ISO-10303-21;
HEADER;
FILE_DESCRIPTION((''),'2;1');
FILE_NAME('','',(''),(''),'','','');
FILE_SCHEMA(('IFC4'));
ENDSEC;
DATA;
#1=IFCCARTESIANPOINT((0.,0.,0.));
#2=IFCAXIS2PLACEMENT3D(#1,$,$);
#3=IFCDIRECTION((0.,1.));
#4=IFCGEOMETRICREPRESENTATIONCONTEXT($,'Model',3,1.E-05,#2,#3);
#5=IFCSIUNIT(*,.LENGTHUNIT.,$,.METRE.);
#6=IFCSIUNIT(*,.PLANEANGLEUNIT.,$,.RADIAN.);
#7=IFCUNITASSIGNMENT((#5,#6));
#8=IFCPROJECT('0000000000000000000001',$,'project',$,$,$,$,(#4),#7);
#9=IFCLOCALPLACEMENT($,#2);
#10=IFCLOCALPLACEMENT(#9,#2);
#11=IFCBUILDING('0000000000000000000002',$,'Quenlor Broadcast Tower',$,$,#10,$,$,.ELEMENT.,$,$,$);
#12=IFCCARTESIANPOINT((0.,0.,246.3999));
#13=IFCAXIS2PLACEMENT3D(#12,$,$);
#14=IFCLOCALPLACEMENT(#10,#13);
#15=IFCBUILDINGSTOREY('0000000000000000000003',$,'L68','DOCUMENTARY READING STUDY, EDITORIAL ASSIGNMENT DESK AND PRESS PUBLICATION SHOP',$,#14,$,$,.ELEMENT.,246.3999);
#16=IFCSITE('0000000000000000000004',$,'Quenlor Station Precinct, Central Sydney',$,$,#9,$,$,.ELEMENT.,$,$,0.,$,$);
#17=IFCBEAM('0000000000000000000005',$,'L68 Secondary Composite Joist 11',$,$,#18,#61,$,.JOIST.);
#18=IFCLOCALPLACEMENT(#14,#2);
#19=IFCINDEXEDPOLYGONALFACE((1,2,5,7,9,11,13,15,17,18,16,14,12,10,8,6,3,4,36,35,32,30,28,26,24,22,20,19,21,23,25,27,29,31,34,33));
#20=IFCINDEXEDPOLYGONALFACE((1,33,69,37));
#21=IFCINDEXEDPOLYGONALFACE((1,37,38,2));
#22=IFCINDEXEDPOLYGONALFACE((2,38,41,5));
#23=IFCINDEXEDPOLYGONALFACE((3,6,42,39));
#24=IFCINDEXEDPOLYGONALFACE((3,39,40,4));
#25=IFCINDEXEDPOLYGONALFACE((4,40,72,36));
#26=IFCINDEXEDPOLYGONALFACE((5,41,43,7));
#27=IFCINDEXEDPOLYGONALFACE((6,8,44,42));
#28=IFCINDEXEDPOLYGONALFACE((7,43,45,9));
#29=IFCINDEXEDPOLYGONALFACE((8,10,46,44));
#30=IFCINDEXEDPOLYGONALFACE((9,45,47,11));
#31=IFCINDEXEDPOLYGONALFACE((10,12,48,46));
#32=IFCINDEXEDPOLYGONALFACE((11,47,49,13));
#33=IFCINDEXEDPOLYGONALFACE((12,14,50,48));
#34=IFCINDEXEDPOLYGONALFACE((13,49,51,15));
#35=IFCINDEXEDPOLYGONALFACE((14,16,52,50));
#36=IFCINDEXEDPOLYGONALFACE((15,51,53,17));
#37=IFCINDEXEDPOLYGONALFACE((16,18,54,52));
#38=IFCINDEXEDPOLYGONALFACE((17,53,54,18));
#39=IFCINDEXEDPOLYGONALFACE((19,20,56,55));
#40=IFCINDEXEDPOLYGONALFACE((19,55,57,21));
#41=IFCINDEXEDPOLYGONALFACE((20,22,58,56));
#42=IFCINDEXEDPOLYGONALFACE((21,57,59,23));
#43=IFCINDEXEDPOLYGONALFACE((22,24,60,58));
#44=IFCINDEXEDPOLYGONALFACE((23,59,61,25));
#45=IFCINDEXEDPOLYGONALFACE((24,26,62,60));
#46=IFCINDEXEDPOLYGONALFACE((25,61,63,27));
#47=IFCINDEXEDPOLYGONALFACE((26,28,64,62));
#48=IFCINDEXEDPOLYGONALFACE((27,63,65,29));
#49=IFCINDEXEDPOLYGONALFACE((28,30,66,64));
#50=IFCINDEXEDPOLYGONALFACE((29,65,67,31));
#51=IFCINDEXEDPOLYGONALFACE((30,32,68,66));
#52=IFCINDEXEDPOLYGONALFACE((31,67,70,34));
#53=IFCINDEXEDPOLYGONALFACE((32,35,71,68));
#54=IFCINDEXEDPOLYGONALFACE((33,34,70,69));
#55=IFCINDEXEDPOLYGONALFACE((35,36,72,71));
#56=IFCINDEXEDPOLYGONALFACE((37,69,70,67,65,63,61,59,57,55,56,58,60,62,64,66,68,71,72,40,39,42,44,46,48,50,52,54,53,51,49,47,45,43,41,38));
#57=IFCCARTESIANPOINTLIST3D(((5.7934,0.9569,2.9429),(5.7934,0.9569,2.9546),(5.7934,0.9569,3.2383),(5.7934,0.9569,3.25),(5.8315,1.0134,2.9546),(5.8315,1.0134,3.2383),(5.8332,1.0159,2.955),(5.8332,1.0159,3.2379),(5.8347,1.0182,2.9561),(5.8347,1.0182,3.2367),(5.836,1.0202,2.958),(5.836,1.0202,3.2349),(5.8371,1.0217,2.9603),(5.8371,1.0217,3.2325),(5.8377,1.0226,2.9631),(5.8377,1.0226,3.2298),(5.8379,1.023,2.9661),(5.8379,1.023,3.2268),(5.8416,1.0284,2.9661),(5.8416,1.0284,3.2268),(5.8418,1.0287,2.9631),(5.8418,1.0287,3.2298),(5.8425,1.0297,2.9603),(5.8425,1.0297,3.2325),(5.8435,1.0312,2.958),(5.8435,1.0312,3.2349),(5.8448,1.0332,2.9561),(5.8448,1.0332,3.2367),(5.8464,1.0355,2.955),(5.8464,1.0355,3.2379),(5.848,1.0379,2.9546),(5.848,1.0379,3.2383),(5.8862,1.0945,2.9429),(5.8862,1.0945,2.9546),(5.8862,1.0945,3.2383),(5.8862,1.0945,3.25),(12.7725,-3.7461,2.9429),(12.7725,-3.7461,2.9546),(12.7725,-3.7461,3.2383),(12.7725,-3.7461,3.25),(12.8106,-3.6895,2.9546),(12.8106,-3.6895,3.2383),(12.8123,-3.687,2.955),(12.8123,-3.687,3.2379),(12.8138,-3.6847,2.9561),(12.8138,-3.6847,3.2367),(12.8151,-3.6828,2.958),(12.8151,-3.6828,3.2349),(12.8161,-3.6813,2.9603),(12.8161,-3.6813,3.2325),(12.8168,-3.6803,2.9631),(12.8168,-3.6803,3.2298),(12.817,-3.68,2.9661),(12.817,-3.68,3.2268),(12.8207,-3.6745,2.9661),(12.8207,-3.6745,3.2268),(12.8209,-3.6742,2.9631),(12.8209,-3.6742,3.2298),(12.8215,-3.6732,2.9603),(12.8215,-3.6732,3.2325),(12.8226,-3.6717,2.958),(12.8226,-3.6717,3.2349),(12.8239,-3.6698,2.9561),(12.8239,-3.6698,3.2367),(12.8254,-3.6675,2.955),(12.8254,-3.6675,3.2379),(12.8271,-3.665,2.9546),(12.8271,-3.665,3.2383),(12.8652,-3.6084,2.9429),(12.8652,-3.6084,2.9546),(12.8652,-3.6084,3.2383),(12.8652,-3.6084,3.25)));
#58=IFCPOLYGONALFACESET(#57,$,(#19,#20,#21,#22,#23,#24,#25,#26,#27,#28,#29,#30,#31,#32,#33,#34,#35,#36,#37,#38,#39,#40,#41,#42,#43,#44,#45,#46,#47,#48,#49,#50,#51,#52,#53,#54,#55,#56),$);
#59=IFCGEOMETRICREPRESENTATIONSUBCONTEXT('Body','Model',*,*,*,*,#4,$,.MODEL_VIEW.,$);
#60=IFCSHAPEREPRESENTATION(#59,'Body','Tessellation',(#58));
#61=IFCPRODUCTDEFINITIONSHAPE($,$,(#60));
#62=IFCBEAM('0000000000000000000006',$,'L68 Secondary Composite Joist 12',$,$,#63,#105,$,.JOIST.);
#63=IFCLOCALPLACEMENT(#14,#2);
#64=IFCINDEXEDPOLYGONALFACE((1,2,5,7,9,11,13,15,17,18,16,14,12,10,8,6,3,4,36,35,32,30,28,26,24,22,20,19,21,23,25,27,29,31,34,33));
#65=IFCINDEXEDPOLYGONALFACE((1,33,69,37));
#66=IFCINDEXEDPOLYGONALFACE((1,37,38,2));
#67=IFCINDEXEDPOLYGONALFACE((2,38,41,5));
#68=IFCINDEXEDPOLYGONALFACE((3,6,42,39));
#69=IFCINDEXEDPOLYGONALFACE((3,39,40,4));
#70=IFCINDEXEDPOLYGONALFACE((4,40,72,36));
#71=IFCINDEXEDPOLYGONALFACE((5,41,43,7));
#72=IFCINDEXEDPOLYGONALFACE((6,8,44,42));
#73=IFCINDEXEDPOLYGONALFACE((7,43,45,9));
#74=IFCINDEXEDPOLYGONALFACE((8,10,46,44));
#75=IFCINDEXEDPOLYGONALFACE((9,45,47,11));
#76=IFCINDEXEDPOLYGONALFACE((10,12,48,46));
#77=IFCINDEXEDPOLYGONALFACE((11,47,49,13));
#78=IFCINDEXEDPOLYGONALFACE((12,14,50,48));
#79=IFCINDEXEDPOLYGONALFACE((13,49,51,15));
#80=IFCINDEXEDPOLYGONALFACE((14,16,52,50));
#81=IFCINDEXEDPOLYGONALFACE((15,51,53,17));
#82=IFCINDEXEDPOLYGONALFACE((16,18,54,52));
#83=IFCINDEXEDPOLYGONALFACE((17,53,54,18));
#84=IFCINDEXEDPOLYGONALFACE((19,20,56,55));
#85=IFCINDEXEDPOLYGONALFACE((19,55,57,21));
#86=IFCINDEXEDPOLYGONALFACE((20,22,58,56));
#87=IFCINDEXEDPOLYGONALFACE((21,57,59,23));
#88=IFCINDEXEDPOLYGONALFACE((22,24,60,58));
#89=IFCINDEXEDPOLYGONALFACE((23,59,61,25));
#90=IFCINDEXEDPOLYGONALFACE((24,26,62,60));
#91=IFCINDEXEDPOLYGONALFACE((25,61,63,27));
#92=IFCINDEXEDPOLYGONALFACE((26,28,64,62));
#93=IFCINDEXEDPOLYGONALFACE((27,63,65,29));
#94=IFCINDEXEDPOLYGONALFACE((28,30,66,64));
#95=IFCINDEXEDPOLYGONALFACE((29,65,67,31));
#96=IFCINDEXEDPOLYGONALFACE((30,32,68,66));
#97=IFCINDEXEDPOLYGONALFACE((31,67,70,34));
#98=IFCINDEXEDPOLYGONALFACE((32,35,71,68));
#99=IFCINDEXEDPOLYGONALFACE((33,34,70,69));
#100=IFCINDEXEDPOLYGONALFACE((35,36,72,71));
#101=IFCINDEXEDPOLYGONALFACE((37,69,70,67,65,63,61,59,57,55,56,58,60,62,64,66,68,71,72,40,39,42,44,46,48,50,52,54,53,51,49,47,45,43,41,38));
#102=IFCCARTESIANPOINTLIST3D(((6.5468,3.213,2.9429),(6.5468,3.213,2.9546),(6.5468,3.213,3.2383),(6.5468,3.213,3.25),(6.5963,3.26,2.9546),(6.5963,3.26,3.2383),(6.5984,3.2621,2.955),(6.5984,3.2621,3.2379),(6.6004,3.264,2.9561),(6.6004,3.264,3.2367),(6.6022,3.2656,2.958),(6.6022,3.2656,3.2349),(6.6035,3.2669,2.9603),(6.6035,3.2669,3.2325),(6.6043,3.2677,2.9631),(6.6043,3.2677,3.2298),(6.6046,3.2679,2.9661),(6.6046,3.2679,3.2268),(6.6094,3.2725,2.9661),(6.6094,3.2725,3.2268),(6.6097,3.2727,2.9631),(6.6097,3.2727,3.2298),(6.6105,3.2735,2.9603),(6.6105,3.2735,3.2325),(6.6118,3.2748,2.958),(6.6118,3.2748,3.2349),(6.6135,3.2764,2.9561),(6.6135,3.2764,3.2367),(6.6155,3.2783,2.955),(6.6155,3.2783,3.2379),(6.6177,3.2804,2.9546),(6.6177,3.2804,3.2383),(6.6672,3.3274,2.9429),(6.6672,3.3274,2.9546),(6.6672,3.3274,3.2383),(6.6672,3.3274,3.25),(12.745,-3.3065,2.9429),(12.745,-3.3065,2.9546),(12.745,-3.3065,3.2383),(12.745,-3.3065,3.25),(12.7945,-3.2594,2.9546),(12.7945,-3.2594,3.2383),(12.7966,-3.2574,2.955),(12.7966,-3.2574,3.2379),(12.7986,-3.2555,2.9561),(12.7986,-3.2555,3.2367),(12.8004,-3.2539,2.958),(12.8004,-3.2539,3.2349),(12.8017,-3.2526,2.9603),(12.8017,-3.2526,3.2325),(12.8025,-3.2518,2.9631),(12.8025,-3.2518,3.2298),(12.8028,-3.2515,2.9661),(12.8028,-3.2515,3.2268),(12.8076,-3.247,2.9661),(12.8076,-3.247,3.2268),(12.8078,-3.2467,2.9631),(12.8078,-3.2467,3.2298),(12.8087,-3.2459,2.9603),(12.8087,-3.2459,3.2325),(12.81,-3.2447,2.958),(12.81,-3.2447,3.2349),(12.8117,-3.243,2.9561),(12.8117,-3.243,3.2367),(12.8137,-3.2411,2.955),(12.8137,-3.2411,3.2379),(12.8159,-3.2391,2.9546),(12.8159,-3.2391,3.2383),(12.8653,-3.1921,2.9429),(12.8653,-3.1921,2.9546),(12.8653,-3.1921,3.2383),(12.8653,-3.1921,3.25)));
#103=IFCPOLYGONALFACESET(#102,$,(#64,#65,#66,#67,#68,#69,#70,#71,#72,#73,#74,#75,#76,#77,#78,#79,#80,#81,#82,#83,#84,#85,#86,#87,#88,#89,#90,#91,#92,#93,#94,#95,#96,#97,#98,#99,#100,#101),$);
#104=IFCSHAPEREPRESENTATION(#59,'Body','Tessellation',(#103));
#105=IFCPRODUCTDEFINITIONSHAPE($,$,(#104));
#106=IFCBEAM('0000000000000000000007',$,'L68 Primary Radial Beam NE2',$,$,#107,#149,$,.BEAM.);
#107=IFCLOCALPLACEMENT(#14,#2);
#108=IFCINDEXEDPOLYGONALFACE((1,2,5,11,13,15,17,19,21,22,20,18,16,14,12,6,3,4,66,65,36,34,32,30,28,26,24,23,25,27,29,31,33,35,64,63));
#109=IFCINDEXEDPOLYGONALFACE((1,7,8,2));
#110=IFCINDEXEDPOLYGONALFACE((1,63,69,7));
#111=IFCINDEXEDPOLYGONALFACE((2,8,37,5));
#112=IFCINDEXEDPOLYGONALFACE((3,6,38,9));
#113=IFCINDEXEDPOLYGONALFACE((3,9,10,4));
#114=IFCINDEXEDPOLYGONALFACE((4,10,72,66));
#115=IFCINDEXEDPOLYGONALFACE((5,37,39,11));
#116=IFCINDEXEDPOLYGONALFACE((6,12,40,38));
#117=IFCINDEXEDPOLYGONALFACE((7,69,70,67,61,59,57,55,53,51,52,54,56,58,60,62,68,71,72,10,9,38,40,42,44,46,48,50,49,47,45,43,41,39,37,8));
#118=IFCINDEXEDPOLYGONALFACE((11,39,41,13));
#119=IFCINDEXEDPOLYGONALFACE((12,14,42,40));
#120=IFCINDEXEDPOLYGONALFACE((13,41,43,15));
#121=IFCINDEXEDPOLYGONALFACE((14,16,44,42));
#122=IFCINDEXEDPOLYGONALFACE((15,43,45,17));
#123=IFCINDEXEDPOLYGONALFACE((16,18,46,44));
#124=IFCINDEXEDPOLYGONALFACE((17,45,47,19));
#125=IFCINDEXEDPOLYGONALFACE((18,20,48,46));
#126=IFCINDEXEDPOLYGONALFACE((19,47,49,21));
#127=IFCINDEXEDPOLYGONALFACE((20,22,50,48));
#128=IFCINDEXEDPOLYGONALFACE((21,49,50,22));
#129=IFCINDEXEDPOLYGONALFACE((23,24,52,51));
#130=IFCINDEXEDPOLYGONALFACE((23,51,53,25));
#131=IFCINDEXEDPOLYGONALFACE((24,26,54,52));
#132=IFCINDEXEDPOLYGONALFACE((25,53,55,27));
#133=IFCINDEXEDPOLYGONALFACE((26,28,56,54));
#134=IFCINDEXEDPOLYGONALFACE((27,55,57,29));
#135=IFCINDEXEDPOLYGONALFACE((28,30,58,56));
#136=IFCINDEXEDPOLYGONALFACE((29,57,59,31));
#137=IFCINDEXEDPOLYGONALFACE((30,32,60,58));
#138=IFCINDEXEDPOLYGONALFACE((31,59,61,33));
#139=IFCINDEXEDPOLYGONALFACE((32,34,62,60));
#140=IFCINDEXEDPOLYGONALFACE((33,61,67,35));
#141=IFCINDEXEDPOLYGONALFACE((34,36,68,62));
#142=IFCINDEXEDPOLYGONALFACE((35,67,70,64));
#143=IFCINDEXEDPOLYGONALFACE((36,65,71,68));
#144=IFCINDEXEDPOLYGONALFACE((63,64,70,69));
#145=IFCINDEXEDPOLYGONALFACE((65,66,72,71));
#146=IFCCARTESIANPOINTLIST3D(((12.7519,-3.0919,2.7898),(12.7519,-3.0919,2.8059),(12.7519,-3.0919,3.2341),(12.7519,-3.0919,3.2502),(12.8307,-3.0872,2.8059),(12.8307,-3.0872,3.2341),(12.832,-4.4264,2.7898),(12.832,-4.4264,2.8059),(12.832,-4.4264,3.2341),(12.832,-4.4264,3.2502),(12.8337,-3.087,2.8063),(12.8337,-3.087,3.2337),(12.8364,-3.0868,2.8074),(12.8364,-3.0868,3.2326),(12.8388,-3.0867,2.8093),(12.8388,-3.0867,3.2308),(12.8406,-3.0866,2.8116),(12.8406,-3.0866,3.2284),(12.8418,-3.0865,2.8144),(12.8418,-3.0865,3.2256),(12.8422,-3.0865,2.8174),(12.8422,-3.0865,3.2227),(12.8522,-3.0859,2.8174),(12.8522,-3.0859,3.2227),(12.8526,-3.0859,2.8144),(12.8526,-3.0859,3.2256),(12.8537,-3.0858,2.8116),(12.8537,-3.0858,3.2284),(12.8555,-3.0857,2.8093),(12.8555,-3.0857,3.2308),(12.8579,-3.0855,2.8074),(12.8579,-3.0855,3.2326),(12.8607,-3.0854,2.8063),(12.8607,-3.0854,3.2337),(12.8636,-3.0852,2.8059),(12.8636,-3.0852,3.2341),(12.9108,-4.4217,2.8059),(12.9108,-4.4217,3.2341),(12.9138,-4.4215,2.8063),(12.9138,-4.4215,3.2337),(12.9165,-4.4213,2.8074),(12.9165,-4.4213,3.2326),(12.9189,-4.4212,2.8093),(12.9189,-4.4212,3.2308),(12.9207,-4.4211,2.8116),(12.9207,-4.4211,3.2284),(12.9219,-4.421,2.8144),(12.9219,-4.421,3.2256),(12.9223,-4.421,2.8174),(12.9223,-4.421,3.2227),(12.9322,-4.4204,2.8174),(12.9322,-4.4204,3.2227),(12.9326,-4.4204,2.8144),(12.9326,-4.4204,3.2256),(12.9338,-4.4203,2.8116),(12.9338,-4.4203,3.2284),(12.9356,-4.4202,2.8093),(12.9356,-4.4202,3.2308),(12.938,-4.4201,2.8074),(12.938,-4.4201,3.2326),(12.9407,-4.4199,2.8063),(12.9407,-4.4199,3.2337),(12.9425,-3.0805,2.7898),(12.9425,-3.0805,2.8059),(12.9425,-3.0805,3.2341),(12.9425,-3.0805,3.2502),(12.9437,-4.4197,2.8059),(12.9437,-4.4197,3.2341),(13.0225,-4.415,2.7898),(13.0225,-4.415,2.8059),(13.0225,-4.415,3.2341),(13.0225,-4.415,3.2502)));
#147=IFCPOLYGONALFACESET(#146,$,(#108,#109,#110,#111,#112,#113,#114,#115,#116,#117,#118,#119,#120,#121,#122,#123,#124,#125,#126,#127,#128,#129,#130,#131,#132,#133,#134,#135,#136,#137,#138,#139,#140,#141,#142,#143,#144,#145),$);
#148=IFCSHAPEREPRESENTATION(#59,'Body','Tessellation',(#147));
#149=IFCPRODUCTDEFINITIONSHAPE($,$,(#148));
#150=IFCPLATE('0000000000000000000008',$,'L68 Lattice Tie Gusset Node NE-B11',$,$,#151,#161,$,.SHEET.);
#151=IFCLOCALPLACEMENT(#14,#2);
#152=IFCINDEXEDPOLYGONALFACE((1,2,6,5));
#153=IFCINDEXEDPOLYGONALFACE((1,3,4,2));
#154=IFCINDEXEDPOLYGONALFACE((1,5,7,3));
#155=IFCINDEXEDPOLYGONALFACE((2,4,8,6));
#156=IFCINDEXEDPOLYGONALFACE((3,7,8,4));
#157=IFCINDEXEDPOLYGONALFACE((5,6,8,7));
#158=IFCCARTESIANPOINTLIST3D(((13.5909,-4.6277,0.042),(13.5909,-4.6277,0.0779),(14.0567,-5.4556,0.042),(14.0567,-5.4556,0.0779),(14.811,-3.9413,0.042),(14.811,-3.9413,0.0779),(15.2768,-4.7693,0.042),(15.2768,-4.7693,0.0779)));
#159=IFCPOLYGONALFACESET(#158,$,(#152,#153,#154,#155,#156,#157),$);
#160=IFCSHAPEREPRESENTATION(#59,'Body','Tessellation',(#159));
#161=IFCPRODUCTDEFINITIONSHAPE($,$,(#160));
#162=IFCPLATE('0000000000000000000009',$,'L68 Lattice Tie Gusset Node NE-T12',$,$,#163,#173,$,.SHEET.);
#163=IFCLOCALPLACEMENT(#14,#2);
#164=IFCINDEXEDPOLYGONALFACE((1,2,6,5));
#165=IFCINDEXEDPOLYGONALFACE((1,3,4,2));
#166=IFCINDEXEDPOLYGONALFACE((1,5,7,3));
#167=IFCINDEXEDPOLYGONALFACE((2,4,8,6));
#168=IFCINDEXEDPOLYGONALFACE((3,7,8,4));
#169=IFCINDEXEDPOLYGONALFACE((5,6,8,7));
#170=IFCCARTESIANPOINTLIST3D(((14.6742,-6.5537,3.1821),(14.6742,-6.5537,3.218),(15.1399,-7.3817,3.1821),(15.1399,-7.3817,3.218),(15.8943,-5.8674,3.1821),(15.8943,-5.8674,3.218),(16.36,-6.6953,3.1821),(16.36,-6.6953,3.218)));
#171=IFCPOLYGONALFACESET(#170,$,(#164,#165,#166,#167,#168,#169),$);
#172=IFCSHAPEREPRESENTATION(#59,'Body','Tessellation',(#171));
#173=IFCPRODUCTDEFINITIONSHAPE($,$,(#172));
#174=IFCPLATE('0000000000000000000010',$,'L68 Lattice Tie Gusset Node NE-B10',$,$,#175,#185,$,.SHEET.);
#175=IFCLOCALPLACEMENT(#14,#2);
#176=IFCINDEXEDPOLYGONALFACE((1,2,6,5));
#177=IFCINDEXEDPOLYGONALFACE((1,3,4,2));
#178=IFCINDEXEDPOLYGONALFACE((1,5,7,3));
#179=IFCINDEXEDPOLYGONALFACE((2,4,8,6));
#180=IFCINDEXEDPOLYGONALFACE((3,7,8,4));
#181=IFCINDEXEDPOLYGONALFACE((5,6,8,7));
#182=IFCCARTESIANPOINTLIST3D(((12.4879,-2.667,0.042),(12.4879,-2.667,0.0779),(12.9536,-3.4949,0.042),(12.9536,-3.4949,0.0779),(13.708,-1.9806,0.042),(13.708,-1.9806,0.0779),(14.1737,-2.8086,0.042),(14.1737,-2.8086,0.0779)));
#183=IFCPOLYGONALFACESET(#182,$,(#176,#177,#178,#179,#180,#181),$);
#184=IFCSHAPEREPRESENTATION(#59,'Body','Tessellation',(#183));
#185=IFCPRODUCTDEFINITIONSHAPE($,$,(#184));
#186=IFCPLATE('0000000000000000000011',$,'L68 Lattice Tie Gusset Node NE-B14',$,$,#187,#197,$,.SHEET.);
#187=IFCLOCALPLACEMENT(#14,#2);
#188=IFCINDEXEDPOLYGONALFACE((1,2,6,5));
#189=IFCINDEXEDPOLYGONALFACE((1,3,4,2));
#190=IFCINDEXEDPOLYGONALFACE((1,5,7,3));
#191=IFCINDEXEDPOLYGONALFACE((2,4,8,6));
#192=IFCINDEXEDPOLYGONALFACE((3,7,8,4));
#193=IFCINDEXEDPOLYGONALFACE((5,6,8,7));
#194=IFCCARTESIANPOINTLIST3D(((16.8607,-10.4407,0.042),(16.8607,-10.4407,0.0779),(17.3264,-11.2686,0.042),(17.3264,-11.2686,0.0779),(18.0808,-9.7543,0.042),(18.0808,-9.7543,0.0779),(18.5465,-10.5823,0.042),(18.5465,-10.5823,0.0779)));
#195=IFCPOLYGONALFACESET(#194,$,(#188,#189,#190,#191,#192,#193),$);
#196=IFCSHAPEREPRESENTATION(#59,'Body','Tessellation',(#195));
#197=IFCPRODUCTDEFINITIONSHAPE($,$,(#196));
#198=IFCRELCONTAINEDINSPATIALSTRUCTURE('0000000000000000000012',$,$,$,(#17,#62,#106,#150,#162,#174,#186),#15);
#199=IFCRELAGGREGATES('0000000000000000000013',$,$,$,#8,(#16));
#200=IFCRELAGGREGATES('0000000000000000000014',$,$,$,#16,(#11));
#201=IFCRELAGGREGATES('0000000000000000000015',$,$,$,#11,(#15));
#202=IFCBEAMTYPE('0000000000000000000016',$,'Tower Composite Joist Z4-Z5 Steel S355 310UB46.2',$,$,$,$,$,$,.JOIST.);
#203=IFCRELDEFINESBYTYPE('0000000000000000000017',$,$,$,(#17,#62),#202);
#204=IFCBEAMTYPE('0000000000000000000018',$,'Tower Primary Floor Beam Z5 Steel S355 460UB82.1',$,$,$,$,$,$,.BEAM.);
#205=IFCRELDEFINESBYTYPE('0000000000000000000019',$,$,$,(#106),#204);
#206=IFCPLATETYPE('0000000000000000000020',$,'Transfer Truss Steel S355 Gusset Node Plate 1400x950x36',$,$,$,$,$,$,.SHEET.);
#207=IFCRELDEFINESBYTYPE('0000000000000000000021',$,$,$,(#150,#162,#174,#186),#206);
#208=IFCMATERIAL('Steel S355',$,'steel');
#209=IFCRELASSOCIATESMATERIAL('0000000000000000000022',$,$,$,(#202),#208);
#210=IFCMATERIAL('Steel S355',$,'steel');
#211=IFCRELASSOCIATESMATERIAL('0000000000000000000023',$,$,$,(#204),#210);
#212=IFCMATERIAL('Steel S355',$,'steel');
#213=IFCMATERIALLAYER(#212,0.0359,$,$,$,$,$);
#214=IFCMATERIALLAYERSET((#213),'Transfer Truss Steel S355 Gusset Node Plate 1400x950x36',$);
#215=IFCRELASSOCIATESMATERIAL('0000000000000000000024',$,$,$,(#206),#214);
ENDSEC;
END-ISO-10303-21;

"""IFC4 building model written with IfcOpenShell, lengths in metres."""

from ifc_helpers import new_model, si_unit, direction, frame, origin, origin_2d, place, context, subcontext, project, spatial, rectangle, i_section, extrude, material, layer, layer_set, material_profile, profile_set, type_object, element, save


model = new_model("IFC4")

# Units and contexts
model_context = context("Model", 3, precision=1e-05, world=origin(), true_north=direction((0.0, 1.0)))
body_context = subcontext(model_context, "Body", "Model", "MODEL_VIEW")
ifc_project = project(units=[si_unit("LENGTHUNIT", "METRE"), si_unit("PLANEANGLEUNIT", "RADIAN")], contexts=[model_context])

# Site, building, storey
site_placement = place(None, origin())
site = spatial("IfcSite", under=ifc_project, at=site_placement, Name="Quenlor Station Precinct, Central Sydney", CompositionType="ELEMENT", RefElevation=0.0)
building_placement = place(site_placement, origin())
building = spatial("IfcBuilding", under=site, at=building_placement, Name="Quenlor Broadcast Tower", CompositionType="ELEMENT")
storey_placement = place(building_placement, frame((0.0, 0.0, 246.3999)))
storey = spatial("IfcBuildingStorey", under=building, at=storey_placement, Name="L68", Description="DOCUMENTARY READING STUDY, EDITORIAL ASSIGNMENT DESK AND PRESS PUBLICATION SHOP", CompositionType="ELEMENT", Elevation=246.3999)

# Beams
ifc_material_1 = material(Name="Steel S355", Category="steel")
ifc_material_profile_1 = material_profile(ifc_material_1, i_section(OverallWidth=0.166, OverallDepth=0.3071, WebThickness=0.0066, FlangeThickness=0.0117, FilletRadius=0.0115, at=origin_2d()))
ifc_profile_set_1 = profile_set([ifc_material_profile_1], Name="Steel S355 310UB46.2")
beam_type_1 = type_object("IfcBeamType", Name="Tower Composite Joist Z4-Z5 Steel S355 310UB46.2", PredefinedType="JOIST", material=ifc_profile_set_1)
beam_1_placement = place(storey_placement, frame((12.8188, -3.6772, 3.0964), z_axis=(-0.829286, 0.558824, 0.0), x_axis=(-0.558824, -0.829286, 0.0)))
element("IfcBeam", 1, at=beam_1_placement, inside=storey, type_object=beam_type_1, Name="L68 Secondary Composite Joist 11", PredefinedType="JOIST", context=body_context, shape_type="SweptSolid", body=[
    extrude(i_section(OverallWidth=0.166, OverallDepth=0.3071, WebThickness=0.0066, FlangeThickness=0.0117, FilletRadius=0.0115, at=origin_2d()), origin(), (0.0, 0.0, 1.0), 8.4158),
])
beam_2_placement = place(storey_placement, frame((12.8052, -3.2493, 3.0964), z_axis=(-0.689023, 0.724739, 0.0), x_axis=(-0.724739, -0.689023, 0.0)))
element("IfcBeam", 2, at=beam_2_placement, inside=storey, type_object=beam_type_1, Name="L68 Secondary Composite Joist 12", PredefinedType="JOIST", context=body_context, shape_type="SweptSolid", body=[
    extrude(i_section(OverallWidth=0.166, OverallDepth=0.3071, WebThickness=0.0066, FlangeThickness=0.0117, FilletRadius=0.0115, at=origin_2d()), origin(), (0.0, 0.0, 1.0), 8.9956),
])
ifc_material_2 = material(Name="Steel S355", Category="steel")
ifc_material_profile_2 = material_profile(ifc_material_2, i_section(OverallWidth=0.1909, OverallDepth=0.4604, WebThickness=0.01, FlangeThickness=0.0161, FilletRadius=0.0115, at=origin_2d()))
ifc_profile_set_2 = profile_set([ifc_material_profile_2], Name="Steel S355 460UB82.1")
beam_type_2 = type_object("IfcBeamType", Name="Tower Primary Floor Beam Z5 Steel S355 460UB82.1", PredefinedType="BEAM", material=ifc_profile_set_2)
beam_3_placement = place(storey_placement, frame((12.8472, -3.0862, 3.02), z_axis=(0.0599, -0.998204, 0.0), x_axis=(0.998204, 0.0599, 0.0)))
element("IfcBeam", 3, at=beam_3_placement, inside=storey, type_object=beam_type_2, Name="L68 Primary Radial Beam NE2", PredefinedType="BEAM", context=body_context, shape_type="SweptSolid", body=[
    extrude(i_section(OverallWidth=0.1909, OverallDepth=0.4604, WebThickness=0.01, FlangeThickness=0.0161, FilletRadius=0.0115, at=origin_2d()), origin(), (0.0, 0.0, 1.0), 1.3369),
])

# Plates
ifc_material_3 = material(Name="Steel S355", Category="steel")
ifc_layer_1 = layer(ifc_material_3, 0.0359)
ifc_layer_set_1 = layer_set([ifc_layer_1], Name="Transfer Truss Steel S355 Gusset Node Plate 1400x950x36")
plate_type = type_object("IfcPlateType", Name="Transfer Truss Steel S355 Gusset Node Plate 1400x950x36", PredefinedType="SHEET", material=ifc_layer_set_1)
for number, where, z_axis, x_axis, name in (
    (4, (14.4338, -4.6985, 0.042), (0.0, 0.0, 1.0), (0.871556, 0.490295, 0.0), "L68 Lattice Tie Gusset Node NE-B11"),
    (5, (15.5171, -6.6245, 3.1821), (0.0, 0.0, 1.0), (0.871556, 0.490295, 0.0), "L68 Lattice Tie Gusset Node NE-T12"),
    (6, (13.3308, -2.7378, 0.042), (0.0, 0.0, 1.0), (0.871556, 0.490295, 0.0), "L68 Lattice Tie Gusset Node NE-B10"),
    (7, (17.7036, -10.5115, 0.042), (0.0, 0.0, 1.0), (0.871556, 0.490295, 0.0), "L68 Lattice Tie Gusset Node NE-B14"),
):
    element("IfcPlate", number, at=place(storey_placement, frame(where, z_axis=z_axis, x_axis=x_axis)), inside=storey, type_object=plate_type, Name=name, PredefinedType="SHEET", context=body_context, shape_type="SweptSolid", body=[
        extrude(rectangle(XDim=1.3999, YDim=0.95, at=origin_2d()), origin(), (0.0, 0.0, 1.0), 0.0359),
    ])

save(model, "model.ifc")
